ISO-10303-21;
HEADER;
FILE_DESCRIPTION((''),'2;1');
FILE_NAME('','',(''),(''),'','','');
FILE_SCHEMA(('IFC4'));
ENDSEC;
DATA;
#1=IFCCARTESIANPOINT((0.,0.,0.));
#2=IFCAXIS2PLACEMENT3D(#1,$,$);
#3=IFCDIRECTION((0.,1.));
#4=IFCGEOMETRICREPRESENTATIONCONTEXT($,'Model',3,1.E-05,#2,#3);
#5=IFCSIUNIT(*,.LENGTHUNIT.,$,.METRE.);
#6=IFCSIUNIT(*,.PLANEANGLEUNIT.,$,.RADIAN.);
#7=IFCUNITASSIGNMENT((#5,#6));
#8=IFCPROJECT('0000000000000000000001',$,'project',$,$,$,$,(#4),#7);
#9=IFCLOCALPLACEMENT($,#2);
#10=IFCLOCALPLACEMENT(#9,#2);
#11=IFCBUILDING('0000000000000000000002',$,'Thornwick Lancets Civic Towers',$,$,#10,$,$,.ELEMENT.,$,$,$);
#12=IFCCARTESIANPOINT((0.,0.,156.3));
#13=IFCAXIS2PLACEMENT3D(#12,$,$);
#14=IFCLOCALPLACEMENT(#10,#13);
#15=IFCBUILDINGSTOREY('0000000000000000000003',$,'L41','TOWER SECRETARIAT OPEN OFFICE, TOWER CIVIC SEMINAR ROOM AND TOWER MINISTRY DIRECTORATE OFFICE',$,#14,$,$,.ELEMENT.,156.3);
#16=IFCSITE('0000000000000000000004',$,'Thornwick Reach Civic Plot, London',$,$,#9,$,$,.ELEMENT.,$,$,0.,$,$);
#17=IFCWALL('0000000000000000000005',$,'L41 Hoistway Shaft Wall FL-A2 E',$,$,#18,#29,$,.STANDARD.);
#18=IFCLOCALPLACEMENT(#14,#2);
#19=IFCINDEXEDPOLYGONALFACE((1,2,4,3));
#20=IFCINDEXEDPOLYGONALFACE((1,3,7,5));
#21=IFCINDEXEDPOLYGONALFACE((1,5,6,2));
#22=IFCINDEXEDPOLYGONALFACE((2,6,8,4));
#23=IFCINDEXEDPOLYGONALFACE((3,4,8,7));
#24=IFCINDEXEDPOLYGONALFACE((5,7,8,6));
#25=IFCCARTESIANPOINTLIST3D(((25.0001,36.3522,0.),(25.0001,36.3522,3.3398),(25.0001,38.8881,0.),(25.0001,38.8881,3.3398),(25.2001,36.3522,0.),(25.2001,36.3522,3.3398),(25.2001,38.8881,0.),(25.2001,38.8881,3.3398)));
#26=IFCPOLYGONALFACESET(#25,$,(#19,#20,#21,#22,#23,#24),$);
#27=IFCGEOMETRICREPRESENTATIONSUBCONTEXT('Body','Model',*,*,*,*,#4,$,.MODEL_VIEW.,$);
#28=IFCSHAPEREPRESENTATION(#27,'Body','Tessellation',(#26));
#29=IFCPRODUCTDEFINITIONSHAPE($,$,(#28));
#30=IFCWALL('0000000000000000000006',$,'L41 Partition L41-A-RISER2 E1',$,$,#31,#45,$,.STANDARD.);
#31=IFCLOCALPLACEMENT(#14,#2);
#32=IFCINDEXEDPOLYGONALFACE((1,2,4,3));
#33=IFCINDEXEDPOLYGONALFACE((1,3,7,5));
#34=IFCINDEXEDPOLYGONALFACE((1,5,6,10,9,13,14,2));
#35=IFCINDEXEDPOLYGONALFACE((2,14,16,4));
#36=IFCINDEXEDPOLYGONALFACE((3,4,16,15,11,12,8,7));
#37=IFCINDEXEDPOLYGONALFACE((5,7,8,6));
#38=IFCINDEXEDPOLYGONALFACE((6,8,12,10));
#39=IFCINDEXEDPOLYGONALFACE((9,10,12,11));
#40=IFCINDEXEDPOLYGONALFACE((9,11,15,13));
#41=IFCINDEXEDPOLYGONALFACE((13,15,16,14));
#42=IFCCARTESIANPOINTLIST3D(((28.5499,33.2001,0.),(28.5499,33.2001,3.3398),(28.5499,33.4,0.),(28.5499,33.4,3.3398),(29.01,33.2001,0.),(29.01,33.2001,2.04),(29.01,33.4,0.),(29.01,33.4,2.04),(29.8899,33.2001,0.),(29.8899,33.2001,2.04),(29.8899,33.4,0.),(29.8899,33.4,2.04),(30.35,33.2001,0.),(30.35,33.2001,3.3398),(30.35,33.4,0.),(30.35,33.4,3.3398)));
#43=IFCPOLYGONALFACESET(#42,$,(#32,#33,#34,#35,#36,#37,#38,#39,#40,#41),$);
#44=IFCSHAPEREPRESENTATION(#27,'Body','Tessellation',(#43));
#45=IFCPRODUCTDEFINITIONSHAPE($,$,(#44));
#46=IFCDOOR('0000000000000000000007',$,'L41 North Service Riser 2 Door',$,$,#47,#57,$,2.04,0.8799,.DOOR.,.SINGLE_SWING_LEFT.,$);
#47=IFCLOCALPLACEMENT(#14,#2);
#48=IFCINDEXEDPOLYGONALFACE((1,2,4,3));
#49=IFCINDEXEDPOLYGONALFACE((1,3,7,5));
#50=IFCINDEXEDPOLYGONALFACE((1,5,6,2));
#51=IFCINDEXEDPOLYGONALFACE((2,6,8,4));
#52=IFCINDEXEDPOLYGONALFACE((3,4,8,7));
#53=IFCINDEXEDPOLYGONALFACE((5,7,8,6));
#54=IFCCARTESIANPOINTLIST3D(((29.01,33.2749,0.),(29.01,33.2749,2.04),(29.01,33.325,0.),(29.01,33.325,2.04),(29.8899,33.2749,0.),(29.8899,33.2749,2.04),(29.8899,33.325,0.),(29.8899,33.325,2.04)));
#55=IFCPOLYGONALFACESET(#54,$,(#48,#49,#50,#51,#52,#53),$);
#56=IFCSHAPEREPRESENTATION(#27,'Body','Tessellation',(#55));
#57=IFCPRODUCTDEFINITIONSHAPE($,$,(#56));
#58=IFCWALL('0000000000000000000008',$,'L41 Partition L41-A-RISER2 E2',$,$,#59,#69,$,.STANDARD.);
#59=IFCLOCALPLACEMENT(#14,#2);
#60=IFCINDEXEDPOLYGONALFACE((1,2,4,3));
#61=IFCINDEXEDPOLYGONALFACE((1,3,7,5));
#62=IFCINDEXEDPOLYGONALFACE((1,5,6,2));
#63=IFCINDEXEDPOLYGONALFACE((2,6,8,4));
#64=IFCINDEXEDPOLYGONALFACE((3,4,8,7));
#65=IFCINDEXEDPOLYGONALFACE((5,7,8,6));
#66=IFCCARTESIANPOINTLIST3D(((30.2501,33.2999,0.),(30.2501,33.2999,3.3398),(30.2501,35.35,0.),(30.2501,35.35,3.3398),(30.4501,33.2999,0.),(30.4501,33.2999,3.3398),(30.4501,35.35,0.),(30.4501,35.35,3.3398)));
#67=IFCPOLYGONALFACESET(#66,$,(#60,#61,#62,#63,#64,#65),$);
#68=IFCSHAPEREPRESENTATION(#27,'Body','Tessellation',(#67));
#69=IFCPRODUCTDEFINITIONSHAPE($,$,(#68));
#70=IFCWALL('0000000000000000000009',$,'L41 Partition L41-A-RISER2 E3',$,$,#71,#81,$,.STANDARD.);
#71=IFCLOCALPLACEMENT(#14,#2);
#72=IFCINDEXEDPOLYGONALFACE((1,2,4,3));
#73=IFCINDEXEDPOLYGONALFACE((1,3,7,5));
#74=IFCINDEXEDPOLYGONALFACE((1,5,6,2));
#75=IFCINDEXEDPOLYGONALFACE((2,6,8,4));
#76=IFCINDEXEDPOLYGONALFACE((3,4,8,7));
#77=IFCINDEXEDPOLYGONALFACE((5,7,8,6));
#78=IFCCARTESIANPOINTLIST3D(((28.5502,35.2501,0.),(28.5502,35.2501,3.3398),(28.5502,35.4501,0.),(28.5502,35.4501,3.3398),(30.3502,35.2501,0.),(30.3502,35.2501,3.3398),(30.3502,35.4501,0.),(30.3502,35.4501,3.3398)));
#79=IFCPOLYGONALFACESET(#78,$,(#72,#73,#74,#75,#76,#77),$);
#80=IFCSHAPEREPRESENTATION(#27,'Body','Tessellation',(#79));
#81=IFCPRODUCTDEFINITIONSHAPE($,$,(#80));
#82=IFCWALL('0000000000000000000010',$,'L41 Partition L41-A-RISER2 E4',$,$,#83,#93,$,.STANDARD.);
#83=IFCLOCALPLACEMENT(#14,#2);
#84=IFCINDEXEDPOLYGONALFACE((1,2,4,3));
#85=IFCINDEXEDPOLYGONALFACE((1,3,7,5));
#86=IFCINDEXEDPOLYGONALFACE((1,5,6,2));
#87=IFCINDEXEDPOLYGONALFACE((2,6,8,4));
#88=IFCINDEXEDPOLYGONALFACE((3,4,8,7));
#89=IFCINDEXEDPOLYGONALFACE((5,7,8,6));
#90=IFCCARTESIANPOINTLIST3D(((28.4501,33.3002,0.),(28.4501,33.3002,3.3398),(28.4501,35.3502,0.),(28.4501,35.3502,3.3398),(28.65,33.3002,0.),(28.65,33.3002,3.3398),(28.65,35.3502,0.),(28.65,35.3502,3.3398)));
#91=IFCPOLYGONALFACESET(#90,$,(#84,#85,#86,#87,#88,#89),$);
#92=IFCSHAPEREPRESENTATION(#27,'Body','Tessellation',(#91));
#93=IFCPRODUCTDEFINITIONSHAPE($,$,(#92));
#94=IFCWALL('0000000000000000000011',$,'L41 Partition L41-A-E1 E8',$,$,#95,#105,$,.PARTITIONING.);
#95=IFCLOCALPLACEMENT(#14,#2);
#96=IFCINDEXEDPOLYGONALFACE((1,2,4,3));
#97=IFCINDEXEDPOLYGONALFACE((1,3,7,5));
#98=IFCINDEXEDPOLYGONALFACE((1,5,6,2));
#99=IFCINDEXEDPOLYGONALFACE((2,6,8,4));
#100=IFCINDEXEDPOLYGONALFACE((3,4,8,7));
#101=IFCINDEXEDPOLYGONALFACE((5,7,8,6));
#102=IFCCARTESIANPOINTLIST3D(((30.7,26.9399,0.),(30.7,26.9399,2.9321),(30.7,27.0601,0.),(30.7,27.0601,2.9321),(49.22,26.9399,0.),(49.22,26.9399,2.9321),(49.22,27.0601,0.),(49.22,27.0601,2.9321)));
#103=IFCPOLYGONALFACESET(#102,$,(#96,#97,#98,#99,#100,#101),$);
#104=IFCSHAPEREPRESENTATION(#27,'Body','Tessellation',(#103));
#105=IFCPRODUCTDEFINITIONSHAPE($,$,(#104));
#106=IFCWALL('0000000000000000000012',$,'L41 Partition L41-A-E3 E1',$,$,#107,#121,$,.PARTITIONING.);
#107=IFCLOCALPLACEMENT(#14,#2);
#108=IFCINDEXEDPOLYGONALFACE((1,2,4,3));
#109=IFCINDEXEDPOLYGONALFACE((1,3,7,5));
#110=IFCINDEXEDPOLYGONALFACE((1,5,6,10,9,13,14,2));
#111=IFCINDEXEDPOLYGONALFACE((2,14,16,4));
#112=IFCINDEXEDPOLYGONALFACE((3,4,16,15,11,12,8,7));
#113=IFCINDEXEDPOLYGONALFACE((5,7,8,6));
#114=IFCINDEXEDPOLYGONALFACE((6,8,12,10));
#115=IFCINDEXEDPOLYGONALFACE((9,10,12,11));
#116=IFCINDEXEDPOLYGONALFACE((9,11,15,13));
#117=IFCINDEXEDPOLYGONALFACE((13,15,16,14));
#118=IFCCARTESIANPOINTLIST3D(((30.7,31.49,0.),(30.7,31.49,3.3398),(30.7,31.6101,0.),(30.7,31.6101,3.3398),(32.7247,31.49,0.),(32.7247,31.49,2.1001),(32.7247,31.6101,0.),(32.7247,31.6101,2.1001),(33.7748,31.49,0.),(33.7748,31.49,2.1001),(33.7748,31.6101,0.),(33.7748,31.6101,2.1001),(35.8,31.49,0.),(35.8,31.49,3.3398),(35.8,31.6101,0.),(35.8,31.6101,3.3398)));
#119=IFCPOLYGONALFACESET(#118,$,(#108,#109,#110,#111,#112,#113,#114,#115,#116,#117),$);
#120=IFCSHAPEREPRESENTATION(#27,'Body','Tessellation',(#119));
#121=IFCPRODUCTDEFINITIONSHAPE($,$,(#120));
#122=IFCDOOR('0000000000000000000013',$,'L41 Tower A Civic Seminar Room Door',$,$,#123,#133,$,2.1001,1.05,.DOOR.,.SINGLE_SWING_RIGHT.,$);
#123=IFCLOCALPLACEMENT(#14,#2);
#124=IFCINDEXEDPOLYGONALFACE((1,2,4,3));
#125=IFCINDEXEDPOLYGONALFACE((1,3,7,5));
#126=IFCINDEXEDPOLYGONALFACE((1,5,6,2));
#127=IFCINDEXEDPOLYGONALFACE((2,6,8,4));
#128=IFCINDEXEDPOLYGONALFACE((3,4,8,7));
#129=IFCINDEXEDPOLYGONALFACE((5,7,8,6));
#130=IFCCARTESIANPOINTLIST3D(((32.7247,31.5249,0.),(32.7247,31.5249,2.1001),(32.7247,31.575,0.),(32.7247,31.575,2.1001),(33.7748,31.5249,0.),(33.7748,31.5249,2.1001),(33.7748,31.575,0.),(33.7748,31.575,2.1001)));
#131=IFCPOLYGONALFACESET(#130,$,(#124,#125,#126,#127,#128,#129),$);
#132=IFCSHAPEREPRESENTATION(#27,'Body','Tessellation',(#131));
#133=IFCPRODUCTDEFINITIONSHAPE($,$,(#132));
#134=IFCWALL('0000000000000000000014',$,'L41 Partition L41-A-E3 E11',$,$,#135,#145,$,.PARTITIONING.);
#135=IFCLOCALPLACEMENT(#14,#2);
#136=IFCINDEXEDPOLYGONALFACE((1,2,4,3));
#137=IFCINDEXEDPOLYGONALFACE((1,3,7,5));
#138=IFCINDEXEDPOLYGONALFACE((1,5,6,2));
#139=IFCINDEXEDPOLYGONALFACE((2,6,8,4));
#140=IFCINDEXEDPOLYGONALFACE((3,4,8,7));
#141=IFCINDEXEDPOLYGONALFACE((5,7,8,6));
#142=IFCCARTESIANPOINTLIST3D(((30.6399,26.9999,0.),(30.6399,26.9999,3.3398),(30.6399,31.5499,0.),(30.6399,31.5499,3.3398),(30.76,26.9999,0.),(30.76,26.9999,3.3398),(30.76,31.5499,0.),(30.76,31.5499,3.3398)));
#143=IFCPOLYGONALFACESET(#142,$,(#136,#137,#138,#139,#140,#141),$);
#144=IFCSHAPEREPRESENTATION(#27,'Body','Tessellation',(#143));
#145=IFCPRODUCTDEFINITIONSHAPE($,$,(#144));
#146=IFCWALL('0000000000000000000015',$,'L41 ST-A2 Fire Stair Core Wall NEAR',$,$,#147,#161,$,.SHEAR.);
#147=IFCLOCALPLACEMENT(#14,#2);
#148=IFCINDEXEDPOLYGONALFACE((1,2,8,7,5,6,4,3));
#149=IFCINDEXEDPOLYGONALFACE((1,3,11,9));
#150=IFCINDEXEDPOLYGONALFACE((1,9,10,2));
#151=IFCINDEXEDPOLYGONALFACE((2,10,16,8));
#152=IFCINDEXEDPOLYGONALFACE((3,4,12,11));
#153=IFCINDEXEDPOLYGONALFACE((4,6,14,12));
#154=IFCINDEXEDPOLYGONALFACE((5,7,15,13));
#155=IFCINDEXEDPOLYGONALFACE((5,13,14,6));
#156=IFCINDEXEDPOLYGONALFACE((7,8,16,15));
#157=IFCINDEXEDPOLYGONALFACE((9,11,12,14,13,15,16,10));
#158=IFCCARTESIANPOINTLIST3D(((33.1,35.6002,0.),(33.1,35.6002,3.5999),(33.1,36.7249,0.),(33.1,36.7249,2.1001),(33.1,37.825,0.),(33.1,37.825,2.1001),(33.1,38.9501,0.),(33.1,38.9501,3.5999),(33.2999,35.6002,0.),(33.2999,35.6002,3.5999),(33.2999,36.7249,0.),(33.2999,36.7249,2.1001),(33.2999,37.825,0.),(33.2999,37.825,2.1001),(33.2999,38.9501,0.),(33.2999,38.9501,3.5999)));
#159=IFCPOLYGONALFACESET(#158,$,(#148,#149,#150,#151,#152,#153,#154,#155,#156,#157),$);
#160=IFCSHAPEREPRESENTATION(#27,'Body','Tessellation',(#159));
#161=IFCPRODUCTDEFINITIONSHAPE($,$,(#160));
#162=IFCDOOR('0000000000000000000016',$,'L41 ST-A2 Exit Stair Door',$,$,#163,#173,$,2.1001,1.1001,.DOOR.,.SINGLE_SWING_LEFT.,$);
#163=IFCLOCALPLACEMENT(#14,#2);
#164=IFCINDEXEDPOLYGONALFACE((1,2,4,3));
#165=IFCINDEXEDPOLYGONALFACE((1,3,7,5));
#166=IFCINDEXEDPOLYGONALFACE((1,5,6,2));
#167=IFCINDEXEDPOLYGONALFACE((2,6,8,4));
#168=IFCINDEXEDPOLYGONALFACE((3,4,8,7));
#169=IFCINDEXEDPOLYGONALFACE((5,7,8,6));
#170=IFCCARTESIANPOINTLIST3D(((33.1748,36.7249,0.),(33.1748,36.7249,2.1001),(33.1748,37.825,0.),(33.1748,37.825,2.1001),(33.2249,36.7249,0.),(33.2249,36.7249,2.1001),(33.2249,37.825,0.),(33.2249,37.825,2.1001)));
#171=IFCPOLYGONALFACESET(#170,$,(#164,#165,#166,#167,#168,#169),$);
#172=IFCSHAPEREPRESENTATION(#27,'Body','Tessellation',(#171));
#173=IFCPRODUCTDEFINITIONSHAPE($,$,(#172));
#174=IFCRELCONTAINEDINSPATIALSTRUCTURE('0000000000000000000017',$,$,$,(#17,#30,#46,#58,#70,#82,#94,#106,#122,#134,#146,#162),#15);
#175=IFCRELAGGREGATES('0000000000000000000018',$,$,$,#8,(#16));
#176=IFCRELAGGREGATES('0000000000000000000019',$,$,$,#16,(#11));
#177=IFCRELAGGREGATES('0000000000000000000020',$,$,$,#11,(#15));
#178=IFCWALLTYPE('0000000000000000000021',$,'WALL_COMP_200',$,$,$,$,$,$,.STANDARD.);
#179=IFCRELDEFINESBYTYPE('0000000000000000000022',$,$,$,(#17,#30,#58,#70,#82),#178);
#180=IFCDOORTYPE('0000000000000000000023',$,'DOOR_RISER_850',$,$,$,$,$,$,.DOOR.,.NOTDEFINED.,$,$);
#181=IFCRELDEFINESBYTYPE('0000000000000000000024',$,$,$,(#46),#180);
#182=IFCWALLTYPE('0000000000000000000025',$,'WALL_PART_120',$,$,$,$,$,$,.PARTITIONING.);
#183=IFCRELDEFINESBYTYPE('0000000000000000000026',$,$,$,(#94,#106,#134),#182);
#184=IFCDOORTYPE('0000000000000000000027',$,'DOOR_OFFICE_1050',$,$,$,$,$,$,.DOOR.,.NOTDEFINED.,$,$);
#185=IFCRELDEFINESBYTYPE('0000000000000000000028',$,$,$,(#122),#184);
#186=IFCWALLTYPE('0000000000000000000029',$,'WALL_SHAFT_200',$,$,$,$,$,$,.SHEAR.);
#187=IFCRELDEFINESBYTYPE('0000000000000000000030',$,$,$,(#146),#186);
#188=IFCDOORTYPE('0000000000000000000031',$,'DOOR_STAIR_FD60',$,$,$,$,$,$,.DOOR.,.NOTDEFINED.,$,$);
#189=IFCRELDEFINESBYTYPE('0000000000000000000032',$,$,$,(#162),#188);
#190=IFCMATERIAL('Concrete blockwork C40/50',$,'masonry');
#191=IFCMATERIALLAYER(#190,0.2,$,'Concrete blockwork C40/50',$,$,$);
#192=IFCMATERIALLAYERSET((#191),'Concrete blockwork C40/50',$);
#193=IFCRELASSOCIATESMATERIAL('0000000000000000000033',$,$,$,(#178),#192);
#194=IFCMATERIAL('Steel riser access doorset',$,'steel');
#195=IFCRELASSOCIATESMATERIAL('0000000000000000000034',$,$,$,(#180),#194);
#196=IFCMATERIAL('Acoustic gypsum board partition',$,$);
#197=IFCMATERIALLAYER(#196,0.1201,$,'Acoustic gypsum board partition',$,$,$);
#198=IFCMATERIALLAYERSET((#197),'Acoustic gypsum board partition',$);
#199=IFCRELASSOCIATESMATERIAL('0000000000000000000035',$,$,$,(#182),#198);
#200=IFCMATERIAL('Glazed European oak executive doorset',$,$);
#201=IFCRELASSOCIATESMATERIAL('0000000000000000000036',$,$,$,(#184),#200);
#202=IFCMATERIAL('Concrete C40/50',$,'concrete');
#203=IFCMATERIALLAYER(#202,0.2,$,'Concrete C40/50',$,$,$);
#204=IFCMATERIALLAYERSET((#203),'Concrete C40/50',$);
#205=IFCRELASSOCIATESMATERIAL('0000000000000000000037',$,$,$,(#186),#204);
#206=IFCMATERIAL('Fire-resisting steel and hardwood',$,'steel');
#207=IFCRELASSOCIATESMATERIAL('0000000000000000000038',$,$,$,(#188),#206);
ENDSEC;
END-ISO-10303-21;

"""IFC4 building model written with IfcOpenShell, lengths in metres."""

from ifc_helpers import new_model, si_unit, direction, frame, frame_2d, origin, place, context, subcontext, project, spatial, rectangle, extrude, material, layer, layer_set, type_object, element, fill, save


model = new_model("IFC4")

# Units and contexts
model_context = context("Model", 3, precision=1e-05, world=origin(), true_north=direction((0.0, 1.0)))
body_context = subcontext(model_context, "Body", "Model", "MODEL_VIEW")
ifc_project = project(units=[si_unit("LENGTHUNIT", "METRE"), si_unit("PLANEANGLEUNIT", "RADIAN")], contexts=[model_context])

# Site, building, storey
site_placement = place(None, origin())
site = spatial("IfcSite", under=ifc_project, at=site_placement, Name="Thornwick Reach Civic Plot, London", CompositionType="ELEMENT", RefElevation=0.0)
building_placement = place(site_placement, origin())
building = spatial("IfcBuilding", under=site, at=building_placement, Name="Thornwick Lancets Civic Towers", CompositionType="ELEMENT")
storey_placement = place(building_placement, frame((0.0, 0.0, 156.3)))
storey = spatial("IfcBuildingStorey", under=building, at=storey_placement, Name="L41", Description="TOWER SECRETARIAT OPEN OFFICE, TOWER CIVIC SEMINAR ROOM AND TOWER MINISTRY DIRECTORATE OFFICE", CompositionType="ELEMENT", Elevation=156.3)

# Shared definitions
ifc_material_1 = material(Name="Concrete C40/50", Category="concrete")

# Shared definitions
ifc_material_2 = material(Name="Concrete blockwork C40/50", Category="masonry")
ifc_layer_1 = layer(ifc_material_2, 0.2, Name="Concrete blockwork C40/50")
ifc_layer_set_1 = layer_set([ifc_layer_1], Name="Concrete blockwork C40/50")
wall_type_1 = type_object("IfcWallType", Name="WALL_COMP_200", PredefinedType="STANDARD", material=ifc_layer_set_1)

# Wall
wall_1_placement = place(storey_placement, frame((25.1001, 36.3521, 0.0), z_axis=(0.0, 0.0, 1.0), x_axis=(0.0, 1.0, 0.0)))
element("IfcWall", 1, at=wall_1_placement, inside=storey, type_object=wall_type_1, Name="L41 Hoistway Shaft Wall FL-A2 E", PredefinedType="STANDARD", context=body_context, shape_type="SweptSolid", body=[
    extrude(rectangle(XDim=2.5359, YDim=0.2, at=frame_2d((1.2681, 0.0))), origin(), (0.0, 0.0, 1.0), 3.3398),
])

# Wall, opening, door
wall_2_placement = place(storey_placement, frame((28.55, 33.3, 0.0), z_axis=(0.0, 0.0, 1.0), x_axis=(1.0, 0.0, 0.0)))
wall_2 = element("IfcWall", 2, at=wall_2_placement, inside=storey, type_object=wall_type_1, Name="L41 Partition L41-A-RISER2 E1", PredefinedType="STANDARD", context=body_context, shape_type="SweptSolid", body=[
    extrude(rectangle(XDim=1.8, YDim=0.2, at=frame_2d((0.8999, 0.0))), origin(), (0.0, 0.0, 1.0), 3.3398),
])
opening_1_placement = place(wall_2_placement, frame((0.46, 0.0, 0.0)))
opening_1 = element("IfcOpeningElement", 3, at=opening_1_placement, cuts=wall_2, PredefinedType="OPENING", context=body_context, shape_type="SweptSolid", body=[
    extrude(rectangle(XDim=0.8799, YDim=2.04, at=frame_2d((0.4399, 1.02))), frame((0.0, 0.1099, 0.0), z_axis=(0.0, -1.0, 0.0), x_axis=(1.0, 0.0, 0.0)), (0.0, 0.0, 1.0), 0.22),
])
ifc_material_3 = material(Name="Steel riser access doorset", Category="steel")
door_type_1 = type_object("IfcDoorType", Name="DOOR_RISER_850", OperationType="NOTDEFINED", PredefinedType="DOOR", material=ifc_material_3)
door_1_placement = place(opening_1_placement, origin())
door_1 = element("IfcDoor", 4, at=door_1_placement, inside=storey, type_object=door_type_1, Name="L41 North Service Riser 2 Door", OperationType="SINGLE_SWING_LEFT", OverallHeight=2.04, OverallWidth=0.8799, PredefinedType="DOOR", context=body_context, shape_type="SweptSolid", body=[
    extrude(rectangle(XDim=0.8799, YDim=2.04, at=frame_2d((0.4399, 1.02))), frame((0.0, 0.0249, 0.0), z_axis=(0.0, -1.0, 0.0), x_axis=(1.0, 0.0, 0.0)), (0.0, 0.0, 1.0), 0.05),
])
fill(opening_1, door_1)

# Walls
wall_3_placement = place(storey_placement, frame((30.3501, 33.3, 0.0), z_axis=(0.0, 0.0, 1.0), x_axis=(0.0, 1.0, 0.0)))
element("IfcWall", 5, at=wall_3_placement, inside=storey, type_object=wall_type_1, Name="L41 Partition L41-A-RISER2 E2", PredefinedType="STANDARD", context=body_context, shape_type="SweptSolid", body=[
    extrude(rectangle(XDim=2.05, YDim=0.2, at=frame_2d((1.0249, 0.0))), origin(), (0.0, 0.0, 1.0), 3.3398),
])
wall_4_placement = place(storey_placement, frame((30.3501, 35.3501, 0.0), z_axis=(0.0, 0.0, 1.0), x_axis=(-1.0, 0.0, 0.0)))
element("IfcWall", 6, at=wall_4_placement, inside=storey, type_object=wall_type_1, Name="L41 Partition L41-A-RISER2 E3", PredefinedType="STANDARD", context=body_context, shape_type="SweptSolid", body=[
    extrude(rectangle(XDim=1.8, YDim=0.2, at=frame_2d((0.8999, 0.0))), origin(), (0.0, 0.0, 1.0), 3.3398),
])
wall_5_placement = place(storey_placement, frame((28.55, 35.3501, 0.0), z_axis=(0.0, 0.0, 1.0), x_axis=(0.0, -1.0, 0.0)))
element("IfcWall", 7, at=wall_5_placement, inside=storey, type_object=wall_type_1, Name="L41 Partition L41-A-RISER2 E4", PredefinedType="STANDARD", context=body_context, shape_type="SweptSolid", body=[
    extrude(rectangle(XDim=2.05, YDim=0.2, at=frame_2d((1.0249, 0.0))), origin(), (0.0, 0.0, 1.0), 3.3398),
])
ifc_material_4 = material(Name="Acoustic gypsum board partition")
ifc_layer_2 = layer(ifc_material_4, 0.1201, Name="Acoustic gypsum board partition")
ifc_layer_set_2 = layer_set([ifc_layer_2], Name="Acoustic gypsum board partition")
wall_type_2 = type_object("IfcWallType", Name="WALL_PART_120", PredefinedType="PARTITIONING", material=ifc_layer_set_2)
wall_6_placement = place(storey_placement, frame((30.7, 27.0, 0.0), z_axis=(0.0, 0.0, 1.0), x_axis=(1.0, 0.0, 0.0)))
element("IfcWall", 8, at=wall_6_placement, inside=storey, type_object=wall_type_2, Name="L41 Partition L41-A-E1 E8", PredefinedType="PARTITIONING", context=body_context, shape_type="SweptSolid", body=[
    extrude(rectangle(XDim=18.52, YDim=0.1201, at=frame_2d((9.26, 0.0))), origin(), (0.0, 0.0, 1.0), 2.9321),
])

# Wall, opening, door
wall_7_placement = place(storey_placement, frame((30.7, 31.55, 0.0), z_axis=(0.0, 0.0, 1.0), x_axis=(1.0, 0.0, 0.0)))
wall_7 = element("IfcWall", 9, at=wall_7_placement, inside=storey, type_object=wall_type_2, Name="L41 Partition L41-A-E3 E1", PredefinedType="PARTITIONING", context=body_context, shape_type="SweptSolid", body=[
    extrude(rectangle(XDim=5.1001, YDim=0.1201, at=frame_2d((2.55, 0.0))), origin(), (0.0, 0.0, 1.0), 3.3398),
])
opening_2_placement = place(wall_7_placement, frame((2.0249, 0.0, 0.0)))
opening_2 = element("IfcOpeningElement", 10, at=opening_2_placement, cuts=wall_7, PredefinedType="OPENING", context=body_context, shape_type="SweptSolid", body=[
    extrude(rectangle(XDim=1.05, YDim=2.1001, at=frame_2d((0.5249, 1.05))), frame((0.0, 0.0701, 0.0), z_axis=(0.0, -1.0, 0.0), x_axis=(1.0, 0.0, 0.0)), (0.0, 0.0, 1.0), 0.1401),
])
ifc_material_5 = material(Name="Glazed European oak executive doorset")
door_type_2 = type_object("IfcDoorType", Name="DOOR_OFFICE_1050", OperationType="NOTDEFINED", PredefinedType="DOOR", material=ifc_material_5)
door_2_placement = place(opening_2_placement, origin())
door_2 = element("IfcDoor", 11, at=door_2_placement, inside=storey, type_object=door_type_2, Name="L41 Tower A Civic Seminar Room Door", OperationType="SINGLE_SWING_RIGHT", OverallHeight=2.1001, OverallWidth=1.05, PredefinedType="DOOR", context=body_context, shape_type="SweptSolid", body=[
    extrude(rectangle(XDim=1.05, YDim=2.1001, at=frame_2d((0.5249, 1.05))), frame((0.0, 0.0249, 0.0), z_axis=(0.0, -1.0, 0.0), x_axis=(1.0, 0.0, 0.0)), (0.0, 0.0, 1.0), 0.05),
])
fill(opening_2, door_2)

# Wall
wall_8_placement = place(storey_placement, frame((30.7, 27.0, 0.0), z_axis=(0.0, 0.0, 1.0), x_axis=(0.0, 1.0, 0.0)))
element("IfcWall", 12, at=wall_8_placement, inside=storey, type_object=wall_type_2, Name="L41 Partition L41-A-E3 E11", PredefinedType="PARTITIONING", context=body_context, shape_type="SweptSolid", body=[
    extrude(rectangle(XDim=4.55, YDim=0.1201, at=frame_2d((2.2749, 0.0))), origin(), (0.0, 0.0, 1.0), 3.3398),
])

# Wall, opening, door
ifc_layer_3 = layer(ifc_material_1, 0.2, Name="Concrete C40/50")
ifc_layer_set_3 = layer_set([ifc_layer_3], Name="Concrete C40/50")
wall_type_3 = type_object("IfcWallType", Name="WALL_SHAFT_200", PredefinedType="SHEAR", material=ifc_layer_set_3)
wall_9_placement = place(storey_placement, frame((33.2, 38.95, 0.0), z_axis=(0.0, 0.0, 1.0), x_axis=(0.0, -1.0, 0.0)))
wall_9 = element("IfcWall", 13, at=wall_9_placement, inside=storey, type_object=wall_type_3, Name="L41 ST-A2 Fire Stair Core Wall NEAR", PredefinedType="SHEAR", context=body_context, shape_type="SweptSolid", body=[
    extrude(rectangle(XDim=3.3499, YDim=0.2, at=frame_2d((1.6748, 0.0))), origin(), (0.0, 0.0, 1.0), 3.5999),
])
opening_3_placement = place(wall_9_placement, frame((1.125, 0.0, 0.0)))
opening_3 = element("IfcOpeningElement", 14, at=opening_3_placement, cuts=wall_9, PredefinedType="OPENING", context=body_context, shape_type="SweptSolid", body=[
    extrude(rectangle(XDim=1.1001, YDim=2.1001, at=frame_2d((0.55, 1.05))), frame((0.0, 0.1099, 0.0), z_axis=(0.0, -1.0, 0.0), x_axis=(1.0, 0.0, 0.0)), (0.0, 0.0, 1.0), 0.22),
])
ifc_material_6 = material(Name="Fire-resisting steel and hardwood", Category="steel")
door_type_3 = type_object("IfcDoorType", Name="DOOR_STAIR_FD60", OperationType="NOTDEFINED", PredefinedType="DOOR", material=ifc_material_6)
door_3_placement = place(opening_3_placement, origin())
door_3 = element("IfcDoor", 15, at=door_3_placement, inside=storey, type_object=door_type_3, Name="L41 ST-A2 Exit Stair Door", OperationType="SINGLE_SWING_LEFT", OverallHeight=2.1001, OverallWidth=1.1001, PredefinedType="DOOR", context=body_context, shape_type="SweptSolid", body=[
    extrude(rectangle(XDim=1.1001, YDim=2.1001, at=frame_2d((0.55, 1.05))), frame((0.0, 0.0249, 0.0), z_axis=(0.0, -1.0, 0.0), x_axis=(1.0, 0.0, 0.0)), (0.0, 0.0, 1.0), 0.05),
])
fill(opening_3, door_3)

save(model, "model.ifc")
